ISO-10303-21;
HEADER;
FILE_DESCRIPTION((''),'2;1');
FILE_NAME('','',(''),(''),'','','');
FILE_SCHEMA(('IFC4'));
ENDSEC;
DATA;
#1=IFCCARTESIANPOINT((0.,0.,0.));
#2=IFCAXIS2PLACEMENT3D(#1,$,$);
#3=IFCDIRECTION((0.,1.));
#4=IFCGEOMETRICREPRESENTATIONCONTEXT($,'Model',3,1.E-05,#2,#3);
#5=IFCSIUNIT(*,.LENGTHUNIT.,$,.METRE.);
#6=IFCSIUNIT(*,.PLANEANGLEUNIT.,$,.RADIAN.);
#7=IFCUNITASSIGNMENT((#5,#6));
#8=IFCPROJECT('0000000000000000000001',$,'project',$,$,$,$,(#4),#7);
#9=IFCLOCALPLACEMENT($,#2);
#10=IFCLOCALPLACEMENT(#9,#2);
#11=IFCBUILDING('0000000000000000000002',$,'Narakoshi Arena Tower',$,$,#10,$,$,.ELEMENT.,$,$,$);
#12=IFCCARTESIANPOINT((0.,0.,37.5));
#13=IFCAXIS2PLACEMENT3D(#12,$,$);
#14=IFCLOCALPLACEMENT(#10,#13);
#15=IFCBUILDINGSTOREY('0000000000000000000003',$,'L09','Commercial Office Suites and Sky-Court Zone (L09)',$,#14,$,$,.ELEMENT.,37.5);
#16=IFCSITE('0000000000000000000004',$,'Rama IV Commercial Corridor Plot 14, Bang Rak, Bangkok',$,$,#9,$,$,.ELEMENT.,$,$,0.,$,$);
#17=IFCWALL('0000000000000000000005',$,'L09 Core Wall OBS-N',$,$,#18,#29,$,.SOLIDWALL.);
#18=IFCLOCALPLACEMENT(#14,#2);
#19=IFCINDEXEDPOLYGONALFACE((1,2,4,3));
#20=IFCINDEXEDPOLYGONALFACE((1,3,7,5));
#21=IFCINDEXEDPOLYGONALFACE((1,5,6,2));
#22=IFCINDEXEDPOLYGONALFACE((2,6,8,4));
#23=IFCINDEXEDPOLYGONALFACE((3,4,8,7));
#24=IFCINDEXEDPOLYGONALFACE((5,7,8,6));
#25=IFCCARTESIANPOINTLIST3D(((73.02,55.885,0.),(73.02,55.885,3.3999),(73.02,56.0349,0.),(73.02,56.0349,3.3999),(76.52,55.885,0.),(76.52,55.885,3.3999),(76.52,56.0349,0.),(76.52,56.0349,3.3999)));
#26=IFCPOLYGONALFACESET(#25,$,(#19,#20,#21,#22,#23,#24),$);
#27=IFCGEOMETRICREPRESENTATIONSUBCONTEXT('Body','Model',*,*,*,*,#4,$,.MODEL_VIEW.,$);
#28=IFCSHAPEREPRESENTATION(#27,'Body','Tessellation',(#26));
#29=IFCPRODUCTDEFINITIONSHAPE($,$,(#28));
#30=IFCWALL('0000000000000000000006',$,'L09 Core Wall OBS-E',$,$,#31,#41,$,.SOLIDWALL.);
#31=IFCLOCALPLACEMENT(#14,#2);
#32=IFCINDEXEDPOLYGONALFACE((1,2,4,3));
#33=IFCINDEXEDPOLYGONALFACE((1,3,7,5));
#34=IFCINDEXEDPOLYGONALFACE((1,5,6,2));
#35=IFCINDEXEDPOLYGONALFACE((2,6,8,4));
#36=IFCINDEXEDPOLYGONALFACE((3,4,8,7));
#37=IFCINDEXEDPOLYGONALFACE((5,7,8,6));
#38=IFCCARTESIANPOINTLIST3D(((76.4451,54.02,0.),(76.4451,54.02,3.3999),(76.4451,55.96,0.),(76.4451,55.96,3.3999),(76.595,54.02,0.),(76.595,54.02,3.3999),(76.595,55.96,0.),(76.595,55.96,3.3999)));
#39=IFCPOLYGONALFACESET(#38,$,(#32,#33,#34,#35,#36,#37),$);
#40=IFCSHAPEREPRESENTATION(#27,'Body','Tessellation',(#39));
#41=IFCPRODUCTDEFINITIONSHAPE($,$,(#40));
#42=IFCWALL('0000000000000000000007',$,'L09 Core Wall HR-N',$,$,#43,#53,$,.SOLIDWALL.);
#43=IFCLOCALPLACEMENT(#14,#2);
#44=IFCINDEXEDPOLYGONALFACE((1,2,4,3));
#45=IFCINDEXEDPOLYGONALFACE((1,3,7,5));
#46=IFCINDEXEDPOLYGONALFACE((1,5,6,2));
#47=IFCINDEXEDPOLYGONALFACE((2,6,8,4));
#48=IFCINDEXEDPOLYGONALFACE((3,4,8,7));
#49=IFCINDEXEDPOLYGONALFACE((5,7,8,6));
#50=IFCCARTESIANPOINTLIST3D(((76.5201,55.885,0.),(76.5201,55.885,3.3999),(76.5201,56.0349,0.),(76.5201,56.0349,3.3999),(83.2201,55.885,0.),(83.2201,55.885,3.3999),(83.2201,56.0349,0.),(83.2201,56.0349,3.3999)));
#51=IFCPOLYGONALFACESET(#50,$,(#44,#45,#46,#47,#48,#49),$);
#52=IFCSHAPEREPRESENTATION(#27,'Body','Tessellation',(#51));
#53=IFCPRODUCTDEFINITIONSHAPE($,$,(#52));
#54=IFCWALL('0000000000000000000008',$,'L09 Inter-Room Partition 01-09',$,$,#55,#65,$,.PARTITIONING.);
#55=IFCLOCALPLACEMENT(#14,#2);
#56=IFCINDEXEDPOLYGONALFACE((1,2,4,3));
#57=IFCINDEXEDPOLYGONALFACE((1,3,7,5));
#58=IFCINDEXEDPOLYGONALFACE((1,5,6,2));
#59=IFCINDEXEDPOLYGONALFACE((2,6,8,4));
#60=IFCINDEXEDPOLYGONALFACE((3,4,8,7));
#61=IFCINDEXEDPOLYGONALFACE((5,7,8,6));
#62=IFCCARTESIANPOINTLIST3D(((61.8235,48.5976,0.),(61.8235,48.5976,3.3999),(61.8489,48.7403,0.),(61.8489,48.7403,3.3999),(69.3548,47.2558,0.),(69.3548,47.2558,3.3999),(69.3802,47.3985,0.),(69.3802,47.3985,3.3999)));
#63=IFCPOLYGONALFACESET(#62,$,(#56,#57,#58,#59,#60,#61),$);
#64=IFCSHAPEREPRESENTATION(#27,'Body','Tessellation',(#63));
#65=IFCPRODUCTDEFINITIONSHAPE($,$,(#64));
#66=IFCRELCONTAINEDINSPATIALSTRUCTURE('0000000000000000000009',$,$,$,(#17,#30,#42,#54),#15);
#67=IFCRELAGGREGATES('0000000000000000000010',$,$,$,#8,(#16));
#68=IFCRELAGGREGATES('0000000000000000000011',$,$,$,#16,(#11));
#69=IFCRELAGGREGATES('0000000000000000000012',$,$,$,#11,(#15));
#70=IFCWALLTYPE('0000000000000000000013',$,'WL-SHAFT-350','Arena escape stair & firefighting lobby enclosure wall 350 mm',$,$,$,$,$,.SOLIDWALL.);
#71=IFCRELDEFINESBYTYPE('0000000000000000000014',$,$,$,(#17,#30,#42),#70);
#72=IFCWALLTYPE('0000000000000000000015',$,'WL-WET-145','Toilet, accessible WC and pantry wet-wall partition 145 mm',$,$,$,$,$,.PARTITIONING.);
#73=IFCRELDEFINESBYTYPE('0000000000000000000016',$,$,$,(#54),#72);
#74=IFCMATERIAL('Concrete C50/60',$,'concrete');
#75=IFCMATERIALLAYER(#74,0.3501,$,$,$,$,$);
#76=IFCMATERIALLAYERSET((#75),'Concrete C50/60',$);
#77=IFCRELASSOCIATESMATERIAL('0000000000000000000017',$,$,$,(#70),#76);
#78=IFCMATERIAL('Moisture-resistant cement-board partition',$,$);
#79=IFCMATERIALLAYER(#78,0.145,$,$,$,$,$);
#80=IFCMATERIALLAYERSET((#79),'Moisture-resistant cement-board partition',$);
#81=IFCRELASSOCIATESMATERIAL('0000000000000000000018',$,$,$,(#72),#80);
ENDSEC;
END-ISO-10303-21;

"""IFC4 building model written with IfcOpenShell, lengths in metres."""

from ifc_helpers import new_model, si_unit, direction, frame, frame_2d, origin, place, context, subcontext, project, spatial, rectangle, extrude, material, layer, layer_set, type_object, element, save


model = new_model("IFC4")

# Units and contexts
model_context = context("Model", 3, precision=1e-05, world=origin(), true_north=direction((0.0, 1.0)))
body_context = subcontext(model_context, "Body", "Model", "MODEL_VIEW")
ifc_project = project(units=[si_unit("LENGTHUNIT", "METRE"), si_unit("PLANEANGLEUNIT", "RADIAN")], contexts=[model_context])

# Site, building, storey
site_placement = place(None, origin())
site = spatial("IfcSite", under=ifc_project, at=site_placement, Name="Rama IV Commercial Corridor Plot 14, Bang Rak, Bangkok", CompositionType="ELEMENT", RefElevation=0.0)
building_placement = place(site_placement, origin())
building = spatial("IfcBuilding", under=site, at=building_placement, Name="Narakoshi Arena Tower", CompositionType="ELEMENT")
storey_placement = place(building_placement, frame((0.0, 0.0, 37.5)))
storey = spatial("IfcBuildingStorey", under=building, at=storey_placement, Name="L09", Description="Commercial Office Suites and Sky-Court Zone (L09)", CompositionType="ELEMENT", Elevation=37.5)

# Walls
ifc_material_1 = material(Name="Concrete C50/60", Category="concrete")
ifc_layer_1 = layer(ifc_material_1, 0.3501)
ifc_layer_set_1 = layer_set([ifc_layer_1], Name="Concrete C50/60")
wall_type_1 = type_object("IfcWallType", Name="WL-SHAFT-350", Description="Arena escape stair & firefighting lobby enclosure wall 350 mm", PredefinedType="SOLIDWALL", material=ifc_layer_set_1)
wall_1_placement = place(storey_placement, frame((73.02, 55.96, 0.0), z_axis=(0.0, 0.0, 1.0), x_axis=(1.0, 0.0, 0.0)))
element("IfcWall", 1, at=wall_1_placement, inside=storey, type_object=wall_type_1, Name="L09 Core Wall OBS-N", PredefinedType="SOLIDWALL", context=body_context, shape_type="SweptSolid", body=[
    extrude(rectangle(XDim=3.5, YDim=0.1499, at=frame_2d((1.75, 0.0))), origin(), (0.0, 0.0, 1.0), 3.3999),
])
wall_2_placement = place(storey_placement, frame((76.52, 54.02, 0.0), z_axis=(0.0, 0.0, 1.0), x_axis=(0.0, 1.0, 0.0)))
element("IfcWall", 2, at=wall_2_placement, inside=storey, type_object=wall_type_1, Name="L09 Core Wall OBS-E", PredefinedType="SOLIDWALL", context=body_context, shape_type="SweptSolid", body=[
    extrude(rectangle(XDim=1.9399, YDim=0.1499, at=frame_2d((0.97, 0.0))), origin(), (0.0, 0.0, 1.0), 3.3999),
])
wall_3_placement = place(storey_placement, frame((76.52, 55.96, 0.0), z_axis=(0.0, 0.0, 1.0), x_axis=(1.0, 0.0, 0.0)))
element("IfcWall", 3, at=wall_3_placement, inside=storey, type_object=wall_type_1, Name="L09 Core Wall HR-N", PredefinedType="SOLIDWALL", context=body_context, shape_type="SweptSolid", body=[
    extrude(rectangle(XDim=6.7, YDim=0.1499, at=frame_2d((3.3501, 0.0))), origin(), (0.0, 0.0, 1.0), 3.3999),
])
ifc_material_2 = material(Name="Moisture-resistant cement-board partition")
ifc_layer_2 = layer(ifc_material_2, 0.145)
ifc_layer_set_2 = layer_set([ifc_layer_2], Name="Moisture-resistant cement-board partition")
wall_type_2 = type_object("IfcWallType", Name="WL-WET-145", Description="Toilet, accessible WC and pantry wet-wall partition 145 mm", PredefinedType="PARTITIONING", material=ifc_layer_set_2)
wall_4_placement = place(storey_placement, frame((61.8362, 48.6689, 0.0), z_axis=(0.0, 0.0, 1.0), x_axis=(0.984497, -0.175402, 0.0)))
element("IfcWall", 4, at=wall_4_placement, inside=storey, type_object=wall_type_2, Name="L09 Inter-Room Partition 01-09", PredefinedType="PARTITIONING", context=body_context, shape_type="SweptSolid", body=[
    extrude(rectangle(XDim=7.6499, YDim=0.145, at=frame_2d((3.825, 0.0))), origin(), (0.0, 0.0, 1.0), 3.3999),
])

save(model, "model.ifc")
